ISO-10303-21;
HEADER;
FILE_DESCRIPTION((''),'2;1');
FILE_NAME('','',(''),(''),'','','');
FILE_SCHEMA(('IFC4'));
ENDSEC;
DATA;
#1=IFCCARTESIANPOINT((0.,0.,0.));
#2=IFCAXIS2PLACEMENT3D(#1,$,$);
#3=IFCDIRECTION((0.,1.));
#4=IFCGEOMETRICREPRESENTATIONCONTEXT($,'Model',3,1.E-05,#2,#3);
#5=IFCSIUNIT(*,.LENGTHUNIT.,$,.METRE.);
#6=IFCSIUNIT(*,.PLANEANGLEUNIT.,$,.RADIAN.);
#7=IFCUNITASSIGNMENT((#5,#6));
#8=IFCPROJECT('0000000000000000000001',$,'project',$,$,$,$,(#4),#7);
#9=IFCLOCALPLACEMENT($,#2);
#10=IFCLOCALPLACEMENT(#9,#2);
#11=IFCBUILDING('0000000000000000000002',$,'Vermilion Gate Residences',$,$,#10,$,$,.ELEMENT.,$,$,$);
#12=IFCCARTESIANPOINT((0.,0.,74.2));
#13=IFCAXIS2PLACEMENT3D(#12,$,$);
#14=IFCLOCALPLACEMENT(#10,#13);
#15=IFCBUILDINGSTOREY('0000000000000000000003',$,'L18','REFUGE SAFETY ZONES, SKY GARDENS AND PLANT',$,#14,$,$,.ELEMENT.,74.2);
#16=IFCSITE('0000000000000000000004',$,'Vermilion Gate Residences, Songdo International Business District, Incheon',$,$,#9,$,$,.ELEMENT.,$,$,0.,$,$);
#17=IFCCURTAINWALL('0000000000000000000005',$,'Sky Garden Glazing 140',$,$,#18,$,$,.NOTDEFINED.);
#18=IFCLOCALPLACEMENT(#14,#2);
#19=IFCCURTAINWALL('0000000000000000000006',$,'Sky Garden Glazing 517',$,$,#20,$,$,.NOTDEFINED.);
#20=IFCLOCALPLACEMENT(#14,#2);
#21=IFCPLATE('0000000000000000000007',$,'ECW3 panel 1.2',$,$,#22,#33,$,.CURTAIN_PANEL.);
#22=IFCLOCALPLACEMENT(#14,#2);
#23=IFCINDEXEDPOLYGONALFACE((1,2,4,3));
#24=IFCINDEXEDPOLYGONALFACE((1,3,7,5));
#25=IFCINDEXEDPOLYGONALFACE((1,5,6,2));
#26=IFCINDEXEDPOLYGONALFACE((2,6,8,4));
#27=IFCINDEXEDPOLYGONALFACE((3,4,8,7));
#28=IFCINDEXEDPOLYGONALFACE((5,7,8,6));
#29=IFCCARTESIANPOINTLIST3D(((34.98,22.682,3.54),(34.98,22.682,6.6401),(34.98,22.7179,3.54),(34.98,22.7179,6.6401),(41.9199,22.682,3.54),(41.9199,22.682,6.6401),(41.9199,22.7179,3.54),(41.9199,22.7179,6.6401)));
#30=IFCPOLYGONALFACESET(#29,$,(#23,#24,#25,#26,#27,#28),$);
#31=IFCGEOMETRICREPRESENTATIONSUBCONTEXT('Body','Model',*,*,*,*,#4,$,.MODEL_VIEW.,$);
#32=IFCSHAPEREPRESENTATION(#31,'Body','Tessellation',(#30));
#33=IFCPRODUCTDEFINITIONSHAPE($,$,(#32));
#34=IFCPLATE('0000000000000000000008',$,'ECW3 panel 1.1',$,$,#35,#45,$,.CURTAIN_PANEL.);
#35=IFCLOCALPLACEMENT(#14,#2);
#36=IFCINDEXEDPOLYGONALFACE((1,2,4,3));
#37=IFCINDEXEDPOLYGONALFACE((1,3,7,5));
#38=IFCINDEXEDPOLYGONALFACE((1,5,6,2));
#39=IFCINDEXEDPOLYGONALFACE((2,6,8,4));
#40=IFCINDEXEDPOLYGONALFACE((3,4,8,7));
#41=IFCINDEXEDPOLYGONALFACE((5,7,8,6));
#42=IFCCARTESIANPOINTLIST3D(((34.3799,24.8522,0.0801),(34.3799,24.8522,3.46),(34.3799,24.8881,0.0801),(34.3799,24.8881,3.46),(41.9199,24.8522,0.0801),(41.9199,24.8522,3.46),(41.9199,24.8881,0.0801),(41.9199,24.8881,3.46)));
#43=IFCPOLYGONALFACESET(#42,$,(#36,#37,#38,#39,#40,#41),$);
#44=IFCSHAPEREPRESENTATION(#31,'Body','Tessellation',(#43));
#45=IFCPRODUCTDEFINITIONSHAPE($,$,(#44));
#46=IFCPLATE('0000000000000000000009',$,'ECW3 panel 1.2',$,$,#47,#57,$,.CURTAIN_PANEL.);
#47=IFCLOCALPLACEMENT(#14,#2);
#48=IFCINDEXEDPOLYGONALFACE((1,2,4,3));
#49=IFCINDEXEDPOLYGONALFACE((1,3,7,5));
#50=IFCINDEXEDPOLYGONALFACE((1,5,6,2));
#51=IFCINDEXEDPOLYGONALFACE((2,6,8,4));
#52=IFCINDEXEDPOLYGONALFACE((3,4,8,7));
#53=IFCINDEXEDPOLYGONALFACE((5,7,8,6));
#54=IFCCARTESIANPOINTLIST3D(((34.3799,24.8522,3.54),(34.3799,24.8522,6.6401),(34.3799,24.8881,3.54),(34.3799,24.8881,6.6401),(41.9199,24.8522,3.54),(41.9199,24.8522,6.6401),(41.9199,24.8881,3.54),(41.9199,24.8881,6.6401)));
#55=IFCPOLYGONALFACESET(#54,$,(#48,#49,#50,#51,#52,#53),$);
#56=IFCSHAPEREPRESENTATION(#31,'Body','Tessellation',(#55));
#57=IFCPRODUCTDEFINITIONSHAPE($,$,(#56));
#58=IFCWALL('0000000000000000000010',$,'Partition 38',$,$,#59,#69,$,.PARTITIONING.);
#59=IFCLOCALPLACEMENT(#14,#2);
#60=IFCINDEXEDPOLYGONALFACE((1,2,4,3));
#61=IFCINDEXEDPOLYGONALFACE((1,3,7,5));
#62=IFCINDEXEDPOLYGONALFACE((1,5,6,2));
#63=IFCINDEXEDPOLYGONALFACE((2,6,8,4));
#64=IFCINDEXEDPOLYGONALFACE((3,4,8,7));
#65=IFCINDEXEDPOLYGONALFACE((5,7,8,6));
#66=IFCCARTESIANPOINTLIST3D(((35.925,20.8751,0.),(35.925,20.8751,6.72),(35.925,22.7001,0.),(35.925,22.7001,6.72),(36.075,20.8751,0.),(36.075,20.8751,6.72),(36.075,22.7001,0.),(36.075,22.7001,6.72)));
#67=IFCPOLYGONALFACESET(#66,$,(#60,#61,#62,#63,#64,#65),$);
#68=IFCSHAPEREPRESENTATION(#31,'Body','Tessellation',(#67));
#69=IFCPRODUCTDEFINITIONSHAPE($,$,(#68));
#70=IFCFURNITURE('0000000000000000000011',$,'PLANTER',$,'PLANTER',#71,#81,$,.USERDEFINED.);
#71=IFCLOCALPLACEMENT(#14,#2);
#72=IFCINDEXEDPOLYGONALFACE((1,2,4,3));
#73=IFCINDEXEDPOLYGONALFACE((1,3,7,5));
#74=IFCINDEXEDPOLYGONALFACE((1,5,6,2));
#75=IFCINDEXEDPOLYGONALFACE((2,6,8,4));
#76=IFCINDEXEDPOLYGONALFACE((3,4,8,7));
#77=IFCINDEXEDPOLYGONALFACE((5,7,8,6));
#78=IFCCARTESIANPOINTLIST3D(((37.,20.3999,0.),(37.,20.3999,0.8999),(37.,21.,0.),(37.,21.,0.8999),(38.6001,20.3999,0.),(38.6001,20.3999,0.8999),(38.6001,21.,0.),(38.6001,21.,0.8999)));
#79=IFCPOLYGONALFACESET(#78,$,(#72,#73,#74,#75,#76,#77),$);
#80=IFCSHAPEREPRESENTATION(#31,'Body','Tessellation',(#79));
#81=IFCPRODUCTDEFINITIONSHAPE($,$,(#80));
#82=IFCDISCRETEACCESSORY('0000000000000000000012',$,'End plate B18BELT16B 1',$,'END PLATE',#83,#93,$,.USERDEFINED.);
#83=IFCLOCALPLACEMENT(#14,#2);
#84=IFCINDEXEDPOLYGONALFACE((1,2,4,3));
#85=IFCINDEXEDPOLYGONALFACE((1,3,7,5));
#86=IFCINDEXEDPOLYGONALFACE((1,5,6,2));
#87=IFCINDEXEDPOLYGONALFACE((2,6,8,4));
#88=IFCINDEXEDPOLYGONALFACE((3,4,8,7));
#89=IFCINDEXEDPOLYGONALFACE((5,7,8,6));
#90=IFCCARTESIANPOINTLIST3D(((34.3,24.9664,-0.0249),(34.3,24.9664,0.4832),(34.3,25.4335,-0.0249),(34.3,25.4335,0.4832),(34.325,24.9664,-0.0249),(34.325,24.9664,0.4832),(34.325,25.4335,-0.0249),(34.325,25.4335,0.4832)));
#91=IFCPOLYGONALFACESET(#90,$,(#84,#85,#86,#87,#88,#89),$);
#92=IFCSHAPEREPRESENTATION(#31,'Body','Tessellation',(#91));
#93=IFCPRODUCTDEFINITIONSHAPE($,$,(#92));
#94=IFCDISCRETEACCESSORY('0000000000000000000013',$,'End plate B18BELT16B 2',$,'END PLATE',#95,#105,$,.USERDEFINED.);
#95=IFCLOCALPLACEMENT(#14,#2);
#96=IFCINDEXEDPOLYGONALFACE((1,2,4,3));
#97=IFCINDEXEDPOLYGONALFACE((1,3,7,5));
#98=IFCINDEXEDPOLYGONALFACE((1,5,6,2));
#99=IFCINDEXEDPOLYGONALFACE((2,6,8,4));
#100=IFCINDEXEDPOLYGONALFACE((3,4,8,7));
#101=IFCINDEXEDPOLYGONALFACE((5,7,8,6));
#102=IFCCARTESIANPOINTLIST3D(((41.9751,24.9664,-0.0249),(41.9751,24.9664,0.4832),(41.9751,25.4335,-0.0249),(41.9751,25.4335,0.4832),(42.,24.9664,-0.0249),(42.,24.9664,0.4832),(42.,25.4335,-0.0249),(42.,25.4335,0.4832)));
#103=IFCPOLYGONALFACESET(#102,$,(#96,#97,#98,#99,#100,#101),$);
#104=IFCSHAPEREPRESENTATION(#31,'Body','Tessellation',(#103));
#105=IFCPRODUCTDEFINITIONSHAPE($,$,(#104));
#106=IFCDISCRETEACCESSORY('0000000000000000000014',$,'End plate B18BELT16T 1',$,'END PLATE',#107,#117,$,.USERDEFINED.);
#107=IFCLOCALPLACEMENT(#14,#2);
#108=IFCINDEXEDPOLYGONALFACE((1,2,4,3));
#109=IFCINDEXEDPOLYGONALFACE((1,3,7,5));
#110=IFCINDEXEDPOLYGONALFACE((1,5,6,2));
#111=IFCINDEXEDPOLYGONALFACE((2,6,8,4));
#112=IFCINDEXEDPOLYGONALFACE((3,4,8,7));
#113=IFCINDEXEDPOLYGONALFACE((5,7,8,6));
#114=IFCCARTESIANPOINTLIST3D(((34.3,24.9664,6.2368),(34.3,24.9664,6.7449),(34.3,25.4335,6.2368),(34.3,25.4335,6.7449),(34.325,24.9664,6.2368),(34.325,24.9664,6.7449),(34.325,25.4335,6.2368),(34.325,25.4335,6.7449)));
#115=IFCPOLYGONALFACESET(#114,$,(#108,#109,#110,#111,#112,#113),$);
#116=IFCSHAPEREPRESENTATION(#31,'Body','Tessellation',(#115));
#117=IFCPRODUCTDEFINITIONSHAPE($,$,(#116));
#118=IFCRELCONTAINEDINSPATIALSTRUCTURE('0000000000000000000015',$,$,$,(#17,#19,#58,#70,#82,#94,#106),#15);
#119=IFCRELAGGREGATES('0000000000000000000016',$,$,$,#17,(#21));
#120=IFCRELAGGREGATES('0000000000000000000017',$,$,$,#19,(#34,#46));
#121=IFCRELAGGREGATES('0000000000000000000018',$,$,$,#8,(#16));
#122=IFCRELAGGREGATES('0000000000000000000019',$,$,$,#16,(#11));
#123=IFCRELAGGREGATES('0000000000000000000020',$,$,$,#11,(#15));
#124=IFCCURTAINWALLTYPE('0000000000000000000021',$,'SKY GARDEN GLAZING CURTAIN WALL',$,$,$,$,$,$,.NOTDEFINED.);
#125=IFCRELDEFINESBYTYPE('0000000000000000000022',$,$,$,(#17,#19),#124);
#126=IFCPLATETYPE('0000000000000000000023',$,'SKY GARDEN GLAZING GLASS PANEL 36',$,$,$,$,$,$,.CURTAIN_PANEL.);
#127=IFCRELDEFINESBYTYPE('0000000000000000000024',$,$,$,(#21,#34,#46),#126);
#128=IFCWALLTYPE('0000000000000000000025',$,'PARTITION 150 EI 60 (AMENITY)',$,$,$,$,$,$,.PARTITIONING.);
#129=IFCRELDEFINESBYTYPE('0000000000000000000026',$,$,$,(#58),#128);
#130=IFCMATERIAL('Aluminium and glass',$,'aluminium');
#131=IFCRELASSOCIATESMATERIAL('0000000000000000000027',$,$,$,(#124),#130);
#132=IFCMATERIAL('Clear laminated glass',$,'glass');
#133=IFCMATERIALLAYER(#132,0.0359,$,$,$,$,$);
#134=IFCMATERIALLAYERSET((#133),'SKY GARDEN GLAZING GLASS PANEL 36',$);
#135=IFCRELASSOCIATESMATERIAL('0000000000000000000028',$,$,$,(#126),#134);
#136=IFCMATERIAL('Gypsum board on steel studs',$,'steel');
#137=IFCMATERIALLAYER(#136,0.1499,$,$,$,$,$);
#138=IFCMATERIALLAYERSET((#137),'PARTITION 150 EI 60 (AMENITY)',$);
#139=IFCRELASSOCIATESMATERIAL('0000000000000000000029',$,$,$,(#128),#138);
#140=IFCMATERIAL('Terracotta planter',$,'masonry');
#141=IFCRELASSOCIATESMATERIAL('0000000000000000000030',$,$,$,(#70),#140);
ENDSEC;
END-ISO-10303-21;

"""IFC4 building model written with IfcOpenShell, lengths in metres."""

from ifc_helpers import new_model, si_unit, direction, frame, frame_2d, origin, origin_2d, place, context, subcontext, project, spatial, rectangle, extrude, material, layer, layer_set, type_object, element, aggregate, save


model = new_model("IFC4")

# Units and contexts
model_context = context("Model", 3, precision=1e-05, world=origin(), true_north=direction((0.0, 1.0)))
body_context = subcontext(model_context, "Body", "Model", "MODEL_VIEW")
ifc_project = project(units=[si_unit("LENGTHUNIT", "METRE"), si_unit("PLANEANGLEUNIT", "RADIAN")], contexts=[model_context])

# Site, building, storey
site_placement = place(None, origin())
site = spatial("IfcSite", under=ifc_project, at=site_placement, Name="Vermilion Gate Residences, Songdo International Business District, Incheon", CompositionType="ELEMENT", RefElevation=0.0)
building_placement = place(site_placement, origin())
building = spatial("IfcBuilding", under=site, at=building_placement, Name="Vermilion Gate Residences", CompositionType="ELEMENT")
storey_placement = place(building_placement, frame((0.0, 0.0, 74.2)))
storey = spatial("IfcBuildingStorey", under=building, at=storey_placement, Name="L18", Description="REFUGE SAFETY ZONES, SKY GARDENS AND PLANT", CompositionType="ELEMENT", Elevation=74.2)

# Curtain walls
ifc_material_1 = material(Name="Aluminium and glass", Category="aluminium")
curtain_wall_type = type_object("IfcCurtainWallType", Name="SKY GARDEN GLAZING CURTAIN WALL", PredefinedType="NOTDEFINED", material=ifc_material_1)
curtain_wall_1_placement = place(storey_placement, origin())
curtain_wall_1 = element("IfcCurtainWall", 1, at=curtain_wall_1_placement, inside=storey, type_object=curtain_wall_type, Name="Sky Garden Glazing 140", PredefinedType="NOTDEFINED")
curtain_wall_2_placement = place(storey_placement, origin())
curtain_wall_2 = element("IfcCurtainWall", 2, at=curtain_wall_2_placement, inside=storey, type_object=curtain_wall_type, Name="Sky Garden Glazing 517", PredefinedType="NOTDEFINED")

# Plates
ifc_material_2 = material(Name="Clear laminated glass", Category="glass")
ifc_layer_1 = layer(ifc_material_2, 0.0359)
ifc_layer_set_1 = layer_set([ifc_layer_1], Name="SKY GARDEN GLAZING GLASS PANEL 36")
plate_type = type_object("IfcPlateType", Name="SKY GARDEN GLAZING GLASS PANEL 36", PredefinedType="CURTAIN_PANEL", material=ifc_layer_set_1)
plate_1_placement = place(storey_placement, frame((38.45, 22.7, 3.54), z_axis=(0.0, 0.0, 1.0), x_axis=(-1.0, 0.0, 0.0)))
plate_1 = element("IfcPlate", 3, at=plate_1_placement, type_object=plate_type, Name="ECW3 panel 1.2", PredefinedType="CURTAIN_PANEL", context=body_context, shape_type="SweptSolid", body=[
    extrude(rectangle(XDim=6.9399, YDim=0.0359, at=origin_2d()), origin(), (0.0, 0.0, 1.0), 3.1001),
])
aggregate(curtain_wall_1, [plate_1])
plate_2_placement = place(storey_placement, frame((38.1499, 24.8701, 0.0801), z_axis=(0.0, 0.0, 1.0), x_axis=(-1.0, 0.0, 0.0)))
plate_2 = element("IfcPlate", 4, at=plate_2_placement, type_object=plate_type, Name="ECW3 panel 1.1", PredefinedType="CURTAIN_PANEL", context=body_context, shape_type="SweptSolid", body=[
    extrude(rectangle(XDim=7.54, YDim=0.0359, at=origin_2d()), origin(), (0.0, 0.0, 1.0), 3.3799),
])
plate_3_placement = place(storey_placement, frame((38.1499, 24.8701, 3.54), z_axis=(0.0, 0.0, 1.0), x_axis=(-1.0, 0.0, 0.0)))
plate_3 = element("IfcPlate", 5, at=plate_3_placement, type_object=plate_type, Name="ECW3 panel 1.2", PredefinedType="CURTAIN_PANEL", context=body_context, shape_type="SweptSolid", body=[
    extrude(rectangle(XDim=7.54, YDim=0.0359, at=origin_2d()), origin(), (0.0, 0.0, 1.0), 3.1001),
])
aggregate(curtain_wall_2, [plate_2, plate_3])

# Wall
ifc_material_3 = material(Name="Gypsum board on steel studs", Category="steel")
ifc_layer_2 = layer(ifc_material_3, 0.1499)
ifc_layer_set_2 = layer_set([ifc_layer_2], Name="PARTITION 150 EI 60 (AMENITY)")
wall_type_1 = type_object("IfcWallType", Name="PARTITION 150 EI 60 (AMENITY)", PredefinedType="PARTITIONING", material=ifc_layer_set_2)
wall_1_placement = place(storey_placement, frame((36.0, 20.875, 0.0), z_axis=(0.0, 0.0, 1.0), x_axis=(0.0, 1.0, 0.0)))
element("IfcWall", 6, at=wall_1_placement, inside=storey, type_object=wall_type_1, Name="Partition 38", PredefinedType="PARTITIONING", context=body_context, shape_type="SweptSolid", body=[
    extrude(rectangle(XDim=1.825, YDim=0.1499, at=frame_2d((0.9126, 0.0))), origin(), (0.0, 0.0, 1.0), 6.72),
])

# Furniture
ifc_material_4 = material(Name="Terracotta planter", Category="masonry")
furniture_placement = place(storey_placement, frame((37.8, 20.7, 0.0), z_axis=(0.0, 0.0, 1.0), x_axis=(-1.0, 0.0, 0.0)))
element("IfcFurniture", 7, at=furniture_placement, inside=storey, material=ifc_material_4, Name="PLANTER", ObjectType="PLANTER", PredefinedType="USERDEFINED", context=body_context, shape_type="SweptSolid", body=[
    extrude(rectangle(XDim=1.6001, YDim=0.6001, at=origin_2d()), origin(), (0.0, 0.0, 1.0), 0.8999),
])

# Discrete accessories
for number, where, z_axis, x_axis, name in (
    (8, (34.3125, 25.2, -0.0249), (0.0, 0.0, 1.0), (1.0, 0.0, 0.0), "End plate B18BELT16B 1"),
    (9, (41.9875, 25.2, -0.0249), (0.0, 0.0, 1.0), (1.0, 0.0, 0.0), "End plate B18BELT16B 2"),
    (10, (34.3125, 25.2, 6.2368), (0.0, 0.0, 1.0), (1.0, 0.0, 0.0), "End plate B18BELT16T 1"),
):
    element("IfcDiscreteAccessory", number, at=place(storey_placement, frame(where, z_axis=z_axis, x_axis=x_axis)), inside=storey, Name=name, ObjectType="END PLATE", PredefinedType="USERDEFINED", context=body_context, shape_type="SweptSolid", body=[
        extrude(rectangle(XDim=0.0249, YDim=0.467, at=origin_2d()), origin(), (0.0, 0.0, 1.0), 0.5081),
    ])

save(model, "model.ifc")
